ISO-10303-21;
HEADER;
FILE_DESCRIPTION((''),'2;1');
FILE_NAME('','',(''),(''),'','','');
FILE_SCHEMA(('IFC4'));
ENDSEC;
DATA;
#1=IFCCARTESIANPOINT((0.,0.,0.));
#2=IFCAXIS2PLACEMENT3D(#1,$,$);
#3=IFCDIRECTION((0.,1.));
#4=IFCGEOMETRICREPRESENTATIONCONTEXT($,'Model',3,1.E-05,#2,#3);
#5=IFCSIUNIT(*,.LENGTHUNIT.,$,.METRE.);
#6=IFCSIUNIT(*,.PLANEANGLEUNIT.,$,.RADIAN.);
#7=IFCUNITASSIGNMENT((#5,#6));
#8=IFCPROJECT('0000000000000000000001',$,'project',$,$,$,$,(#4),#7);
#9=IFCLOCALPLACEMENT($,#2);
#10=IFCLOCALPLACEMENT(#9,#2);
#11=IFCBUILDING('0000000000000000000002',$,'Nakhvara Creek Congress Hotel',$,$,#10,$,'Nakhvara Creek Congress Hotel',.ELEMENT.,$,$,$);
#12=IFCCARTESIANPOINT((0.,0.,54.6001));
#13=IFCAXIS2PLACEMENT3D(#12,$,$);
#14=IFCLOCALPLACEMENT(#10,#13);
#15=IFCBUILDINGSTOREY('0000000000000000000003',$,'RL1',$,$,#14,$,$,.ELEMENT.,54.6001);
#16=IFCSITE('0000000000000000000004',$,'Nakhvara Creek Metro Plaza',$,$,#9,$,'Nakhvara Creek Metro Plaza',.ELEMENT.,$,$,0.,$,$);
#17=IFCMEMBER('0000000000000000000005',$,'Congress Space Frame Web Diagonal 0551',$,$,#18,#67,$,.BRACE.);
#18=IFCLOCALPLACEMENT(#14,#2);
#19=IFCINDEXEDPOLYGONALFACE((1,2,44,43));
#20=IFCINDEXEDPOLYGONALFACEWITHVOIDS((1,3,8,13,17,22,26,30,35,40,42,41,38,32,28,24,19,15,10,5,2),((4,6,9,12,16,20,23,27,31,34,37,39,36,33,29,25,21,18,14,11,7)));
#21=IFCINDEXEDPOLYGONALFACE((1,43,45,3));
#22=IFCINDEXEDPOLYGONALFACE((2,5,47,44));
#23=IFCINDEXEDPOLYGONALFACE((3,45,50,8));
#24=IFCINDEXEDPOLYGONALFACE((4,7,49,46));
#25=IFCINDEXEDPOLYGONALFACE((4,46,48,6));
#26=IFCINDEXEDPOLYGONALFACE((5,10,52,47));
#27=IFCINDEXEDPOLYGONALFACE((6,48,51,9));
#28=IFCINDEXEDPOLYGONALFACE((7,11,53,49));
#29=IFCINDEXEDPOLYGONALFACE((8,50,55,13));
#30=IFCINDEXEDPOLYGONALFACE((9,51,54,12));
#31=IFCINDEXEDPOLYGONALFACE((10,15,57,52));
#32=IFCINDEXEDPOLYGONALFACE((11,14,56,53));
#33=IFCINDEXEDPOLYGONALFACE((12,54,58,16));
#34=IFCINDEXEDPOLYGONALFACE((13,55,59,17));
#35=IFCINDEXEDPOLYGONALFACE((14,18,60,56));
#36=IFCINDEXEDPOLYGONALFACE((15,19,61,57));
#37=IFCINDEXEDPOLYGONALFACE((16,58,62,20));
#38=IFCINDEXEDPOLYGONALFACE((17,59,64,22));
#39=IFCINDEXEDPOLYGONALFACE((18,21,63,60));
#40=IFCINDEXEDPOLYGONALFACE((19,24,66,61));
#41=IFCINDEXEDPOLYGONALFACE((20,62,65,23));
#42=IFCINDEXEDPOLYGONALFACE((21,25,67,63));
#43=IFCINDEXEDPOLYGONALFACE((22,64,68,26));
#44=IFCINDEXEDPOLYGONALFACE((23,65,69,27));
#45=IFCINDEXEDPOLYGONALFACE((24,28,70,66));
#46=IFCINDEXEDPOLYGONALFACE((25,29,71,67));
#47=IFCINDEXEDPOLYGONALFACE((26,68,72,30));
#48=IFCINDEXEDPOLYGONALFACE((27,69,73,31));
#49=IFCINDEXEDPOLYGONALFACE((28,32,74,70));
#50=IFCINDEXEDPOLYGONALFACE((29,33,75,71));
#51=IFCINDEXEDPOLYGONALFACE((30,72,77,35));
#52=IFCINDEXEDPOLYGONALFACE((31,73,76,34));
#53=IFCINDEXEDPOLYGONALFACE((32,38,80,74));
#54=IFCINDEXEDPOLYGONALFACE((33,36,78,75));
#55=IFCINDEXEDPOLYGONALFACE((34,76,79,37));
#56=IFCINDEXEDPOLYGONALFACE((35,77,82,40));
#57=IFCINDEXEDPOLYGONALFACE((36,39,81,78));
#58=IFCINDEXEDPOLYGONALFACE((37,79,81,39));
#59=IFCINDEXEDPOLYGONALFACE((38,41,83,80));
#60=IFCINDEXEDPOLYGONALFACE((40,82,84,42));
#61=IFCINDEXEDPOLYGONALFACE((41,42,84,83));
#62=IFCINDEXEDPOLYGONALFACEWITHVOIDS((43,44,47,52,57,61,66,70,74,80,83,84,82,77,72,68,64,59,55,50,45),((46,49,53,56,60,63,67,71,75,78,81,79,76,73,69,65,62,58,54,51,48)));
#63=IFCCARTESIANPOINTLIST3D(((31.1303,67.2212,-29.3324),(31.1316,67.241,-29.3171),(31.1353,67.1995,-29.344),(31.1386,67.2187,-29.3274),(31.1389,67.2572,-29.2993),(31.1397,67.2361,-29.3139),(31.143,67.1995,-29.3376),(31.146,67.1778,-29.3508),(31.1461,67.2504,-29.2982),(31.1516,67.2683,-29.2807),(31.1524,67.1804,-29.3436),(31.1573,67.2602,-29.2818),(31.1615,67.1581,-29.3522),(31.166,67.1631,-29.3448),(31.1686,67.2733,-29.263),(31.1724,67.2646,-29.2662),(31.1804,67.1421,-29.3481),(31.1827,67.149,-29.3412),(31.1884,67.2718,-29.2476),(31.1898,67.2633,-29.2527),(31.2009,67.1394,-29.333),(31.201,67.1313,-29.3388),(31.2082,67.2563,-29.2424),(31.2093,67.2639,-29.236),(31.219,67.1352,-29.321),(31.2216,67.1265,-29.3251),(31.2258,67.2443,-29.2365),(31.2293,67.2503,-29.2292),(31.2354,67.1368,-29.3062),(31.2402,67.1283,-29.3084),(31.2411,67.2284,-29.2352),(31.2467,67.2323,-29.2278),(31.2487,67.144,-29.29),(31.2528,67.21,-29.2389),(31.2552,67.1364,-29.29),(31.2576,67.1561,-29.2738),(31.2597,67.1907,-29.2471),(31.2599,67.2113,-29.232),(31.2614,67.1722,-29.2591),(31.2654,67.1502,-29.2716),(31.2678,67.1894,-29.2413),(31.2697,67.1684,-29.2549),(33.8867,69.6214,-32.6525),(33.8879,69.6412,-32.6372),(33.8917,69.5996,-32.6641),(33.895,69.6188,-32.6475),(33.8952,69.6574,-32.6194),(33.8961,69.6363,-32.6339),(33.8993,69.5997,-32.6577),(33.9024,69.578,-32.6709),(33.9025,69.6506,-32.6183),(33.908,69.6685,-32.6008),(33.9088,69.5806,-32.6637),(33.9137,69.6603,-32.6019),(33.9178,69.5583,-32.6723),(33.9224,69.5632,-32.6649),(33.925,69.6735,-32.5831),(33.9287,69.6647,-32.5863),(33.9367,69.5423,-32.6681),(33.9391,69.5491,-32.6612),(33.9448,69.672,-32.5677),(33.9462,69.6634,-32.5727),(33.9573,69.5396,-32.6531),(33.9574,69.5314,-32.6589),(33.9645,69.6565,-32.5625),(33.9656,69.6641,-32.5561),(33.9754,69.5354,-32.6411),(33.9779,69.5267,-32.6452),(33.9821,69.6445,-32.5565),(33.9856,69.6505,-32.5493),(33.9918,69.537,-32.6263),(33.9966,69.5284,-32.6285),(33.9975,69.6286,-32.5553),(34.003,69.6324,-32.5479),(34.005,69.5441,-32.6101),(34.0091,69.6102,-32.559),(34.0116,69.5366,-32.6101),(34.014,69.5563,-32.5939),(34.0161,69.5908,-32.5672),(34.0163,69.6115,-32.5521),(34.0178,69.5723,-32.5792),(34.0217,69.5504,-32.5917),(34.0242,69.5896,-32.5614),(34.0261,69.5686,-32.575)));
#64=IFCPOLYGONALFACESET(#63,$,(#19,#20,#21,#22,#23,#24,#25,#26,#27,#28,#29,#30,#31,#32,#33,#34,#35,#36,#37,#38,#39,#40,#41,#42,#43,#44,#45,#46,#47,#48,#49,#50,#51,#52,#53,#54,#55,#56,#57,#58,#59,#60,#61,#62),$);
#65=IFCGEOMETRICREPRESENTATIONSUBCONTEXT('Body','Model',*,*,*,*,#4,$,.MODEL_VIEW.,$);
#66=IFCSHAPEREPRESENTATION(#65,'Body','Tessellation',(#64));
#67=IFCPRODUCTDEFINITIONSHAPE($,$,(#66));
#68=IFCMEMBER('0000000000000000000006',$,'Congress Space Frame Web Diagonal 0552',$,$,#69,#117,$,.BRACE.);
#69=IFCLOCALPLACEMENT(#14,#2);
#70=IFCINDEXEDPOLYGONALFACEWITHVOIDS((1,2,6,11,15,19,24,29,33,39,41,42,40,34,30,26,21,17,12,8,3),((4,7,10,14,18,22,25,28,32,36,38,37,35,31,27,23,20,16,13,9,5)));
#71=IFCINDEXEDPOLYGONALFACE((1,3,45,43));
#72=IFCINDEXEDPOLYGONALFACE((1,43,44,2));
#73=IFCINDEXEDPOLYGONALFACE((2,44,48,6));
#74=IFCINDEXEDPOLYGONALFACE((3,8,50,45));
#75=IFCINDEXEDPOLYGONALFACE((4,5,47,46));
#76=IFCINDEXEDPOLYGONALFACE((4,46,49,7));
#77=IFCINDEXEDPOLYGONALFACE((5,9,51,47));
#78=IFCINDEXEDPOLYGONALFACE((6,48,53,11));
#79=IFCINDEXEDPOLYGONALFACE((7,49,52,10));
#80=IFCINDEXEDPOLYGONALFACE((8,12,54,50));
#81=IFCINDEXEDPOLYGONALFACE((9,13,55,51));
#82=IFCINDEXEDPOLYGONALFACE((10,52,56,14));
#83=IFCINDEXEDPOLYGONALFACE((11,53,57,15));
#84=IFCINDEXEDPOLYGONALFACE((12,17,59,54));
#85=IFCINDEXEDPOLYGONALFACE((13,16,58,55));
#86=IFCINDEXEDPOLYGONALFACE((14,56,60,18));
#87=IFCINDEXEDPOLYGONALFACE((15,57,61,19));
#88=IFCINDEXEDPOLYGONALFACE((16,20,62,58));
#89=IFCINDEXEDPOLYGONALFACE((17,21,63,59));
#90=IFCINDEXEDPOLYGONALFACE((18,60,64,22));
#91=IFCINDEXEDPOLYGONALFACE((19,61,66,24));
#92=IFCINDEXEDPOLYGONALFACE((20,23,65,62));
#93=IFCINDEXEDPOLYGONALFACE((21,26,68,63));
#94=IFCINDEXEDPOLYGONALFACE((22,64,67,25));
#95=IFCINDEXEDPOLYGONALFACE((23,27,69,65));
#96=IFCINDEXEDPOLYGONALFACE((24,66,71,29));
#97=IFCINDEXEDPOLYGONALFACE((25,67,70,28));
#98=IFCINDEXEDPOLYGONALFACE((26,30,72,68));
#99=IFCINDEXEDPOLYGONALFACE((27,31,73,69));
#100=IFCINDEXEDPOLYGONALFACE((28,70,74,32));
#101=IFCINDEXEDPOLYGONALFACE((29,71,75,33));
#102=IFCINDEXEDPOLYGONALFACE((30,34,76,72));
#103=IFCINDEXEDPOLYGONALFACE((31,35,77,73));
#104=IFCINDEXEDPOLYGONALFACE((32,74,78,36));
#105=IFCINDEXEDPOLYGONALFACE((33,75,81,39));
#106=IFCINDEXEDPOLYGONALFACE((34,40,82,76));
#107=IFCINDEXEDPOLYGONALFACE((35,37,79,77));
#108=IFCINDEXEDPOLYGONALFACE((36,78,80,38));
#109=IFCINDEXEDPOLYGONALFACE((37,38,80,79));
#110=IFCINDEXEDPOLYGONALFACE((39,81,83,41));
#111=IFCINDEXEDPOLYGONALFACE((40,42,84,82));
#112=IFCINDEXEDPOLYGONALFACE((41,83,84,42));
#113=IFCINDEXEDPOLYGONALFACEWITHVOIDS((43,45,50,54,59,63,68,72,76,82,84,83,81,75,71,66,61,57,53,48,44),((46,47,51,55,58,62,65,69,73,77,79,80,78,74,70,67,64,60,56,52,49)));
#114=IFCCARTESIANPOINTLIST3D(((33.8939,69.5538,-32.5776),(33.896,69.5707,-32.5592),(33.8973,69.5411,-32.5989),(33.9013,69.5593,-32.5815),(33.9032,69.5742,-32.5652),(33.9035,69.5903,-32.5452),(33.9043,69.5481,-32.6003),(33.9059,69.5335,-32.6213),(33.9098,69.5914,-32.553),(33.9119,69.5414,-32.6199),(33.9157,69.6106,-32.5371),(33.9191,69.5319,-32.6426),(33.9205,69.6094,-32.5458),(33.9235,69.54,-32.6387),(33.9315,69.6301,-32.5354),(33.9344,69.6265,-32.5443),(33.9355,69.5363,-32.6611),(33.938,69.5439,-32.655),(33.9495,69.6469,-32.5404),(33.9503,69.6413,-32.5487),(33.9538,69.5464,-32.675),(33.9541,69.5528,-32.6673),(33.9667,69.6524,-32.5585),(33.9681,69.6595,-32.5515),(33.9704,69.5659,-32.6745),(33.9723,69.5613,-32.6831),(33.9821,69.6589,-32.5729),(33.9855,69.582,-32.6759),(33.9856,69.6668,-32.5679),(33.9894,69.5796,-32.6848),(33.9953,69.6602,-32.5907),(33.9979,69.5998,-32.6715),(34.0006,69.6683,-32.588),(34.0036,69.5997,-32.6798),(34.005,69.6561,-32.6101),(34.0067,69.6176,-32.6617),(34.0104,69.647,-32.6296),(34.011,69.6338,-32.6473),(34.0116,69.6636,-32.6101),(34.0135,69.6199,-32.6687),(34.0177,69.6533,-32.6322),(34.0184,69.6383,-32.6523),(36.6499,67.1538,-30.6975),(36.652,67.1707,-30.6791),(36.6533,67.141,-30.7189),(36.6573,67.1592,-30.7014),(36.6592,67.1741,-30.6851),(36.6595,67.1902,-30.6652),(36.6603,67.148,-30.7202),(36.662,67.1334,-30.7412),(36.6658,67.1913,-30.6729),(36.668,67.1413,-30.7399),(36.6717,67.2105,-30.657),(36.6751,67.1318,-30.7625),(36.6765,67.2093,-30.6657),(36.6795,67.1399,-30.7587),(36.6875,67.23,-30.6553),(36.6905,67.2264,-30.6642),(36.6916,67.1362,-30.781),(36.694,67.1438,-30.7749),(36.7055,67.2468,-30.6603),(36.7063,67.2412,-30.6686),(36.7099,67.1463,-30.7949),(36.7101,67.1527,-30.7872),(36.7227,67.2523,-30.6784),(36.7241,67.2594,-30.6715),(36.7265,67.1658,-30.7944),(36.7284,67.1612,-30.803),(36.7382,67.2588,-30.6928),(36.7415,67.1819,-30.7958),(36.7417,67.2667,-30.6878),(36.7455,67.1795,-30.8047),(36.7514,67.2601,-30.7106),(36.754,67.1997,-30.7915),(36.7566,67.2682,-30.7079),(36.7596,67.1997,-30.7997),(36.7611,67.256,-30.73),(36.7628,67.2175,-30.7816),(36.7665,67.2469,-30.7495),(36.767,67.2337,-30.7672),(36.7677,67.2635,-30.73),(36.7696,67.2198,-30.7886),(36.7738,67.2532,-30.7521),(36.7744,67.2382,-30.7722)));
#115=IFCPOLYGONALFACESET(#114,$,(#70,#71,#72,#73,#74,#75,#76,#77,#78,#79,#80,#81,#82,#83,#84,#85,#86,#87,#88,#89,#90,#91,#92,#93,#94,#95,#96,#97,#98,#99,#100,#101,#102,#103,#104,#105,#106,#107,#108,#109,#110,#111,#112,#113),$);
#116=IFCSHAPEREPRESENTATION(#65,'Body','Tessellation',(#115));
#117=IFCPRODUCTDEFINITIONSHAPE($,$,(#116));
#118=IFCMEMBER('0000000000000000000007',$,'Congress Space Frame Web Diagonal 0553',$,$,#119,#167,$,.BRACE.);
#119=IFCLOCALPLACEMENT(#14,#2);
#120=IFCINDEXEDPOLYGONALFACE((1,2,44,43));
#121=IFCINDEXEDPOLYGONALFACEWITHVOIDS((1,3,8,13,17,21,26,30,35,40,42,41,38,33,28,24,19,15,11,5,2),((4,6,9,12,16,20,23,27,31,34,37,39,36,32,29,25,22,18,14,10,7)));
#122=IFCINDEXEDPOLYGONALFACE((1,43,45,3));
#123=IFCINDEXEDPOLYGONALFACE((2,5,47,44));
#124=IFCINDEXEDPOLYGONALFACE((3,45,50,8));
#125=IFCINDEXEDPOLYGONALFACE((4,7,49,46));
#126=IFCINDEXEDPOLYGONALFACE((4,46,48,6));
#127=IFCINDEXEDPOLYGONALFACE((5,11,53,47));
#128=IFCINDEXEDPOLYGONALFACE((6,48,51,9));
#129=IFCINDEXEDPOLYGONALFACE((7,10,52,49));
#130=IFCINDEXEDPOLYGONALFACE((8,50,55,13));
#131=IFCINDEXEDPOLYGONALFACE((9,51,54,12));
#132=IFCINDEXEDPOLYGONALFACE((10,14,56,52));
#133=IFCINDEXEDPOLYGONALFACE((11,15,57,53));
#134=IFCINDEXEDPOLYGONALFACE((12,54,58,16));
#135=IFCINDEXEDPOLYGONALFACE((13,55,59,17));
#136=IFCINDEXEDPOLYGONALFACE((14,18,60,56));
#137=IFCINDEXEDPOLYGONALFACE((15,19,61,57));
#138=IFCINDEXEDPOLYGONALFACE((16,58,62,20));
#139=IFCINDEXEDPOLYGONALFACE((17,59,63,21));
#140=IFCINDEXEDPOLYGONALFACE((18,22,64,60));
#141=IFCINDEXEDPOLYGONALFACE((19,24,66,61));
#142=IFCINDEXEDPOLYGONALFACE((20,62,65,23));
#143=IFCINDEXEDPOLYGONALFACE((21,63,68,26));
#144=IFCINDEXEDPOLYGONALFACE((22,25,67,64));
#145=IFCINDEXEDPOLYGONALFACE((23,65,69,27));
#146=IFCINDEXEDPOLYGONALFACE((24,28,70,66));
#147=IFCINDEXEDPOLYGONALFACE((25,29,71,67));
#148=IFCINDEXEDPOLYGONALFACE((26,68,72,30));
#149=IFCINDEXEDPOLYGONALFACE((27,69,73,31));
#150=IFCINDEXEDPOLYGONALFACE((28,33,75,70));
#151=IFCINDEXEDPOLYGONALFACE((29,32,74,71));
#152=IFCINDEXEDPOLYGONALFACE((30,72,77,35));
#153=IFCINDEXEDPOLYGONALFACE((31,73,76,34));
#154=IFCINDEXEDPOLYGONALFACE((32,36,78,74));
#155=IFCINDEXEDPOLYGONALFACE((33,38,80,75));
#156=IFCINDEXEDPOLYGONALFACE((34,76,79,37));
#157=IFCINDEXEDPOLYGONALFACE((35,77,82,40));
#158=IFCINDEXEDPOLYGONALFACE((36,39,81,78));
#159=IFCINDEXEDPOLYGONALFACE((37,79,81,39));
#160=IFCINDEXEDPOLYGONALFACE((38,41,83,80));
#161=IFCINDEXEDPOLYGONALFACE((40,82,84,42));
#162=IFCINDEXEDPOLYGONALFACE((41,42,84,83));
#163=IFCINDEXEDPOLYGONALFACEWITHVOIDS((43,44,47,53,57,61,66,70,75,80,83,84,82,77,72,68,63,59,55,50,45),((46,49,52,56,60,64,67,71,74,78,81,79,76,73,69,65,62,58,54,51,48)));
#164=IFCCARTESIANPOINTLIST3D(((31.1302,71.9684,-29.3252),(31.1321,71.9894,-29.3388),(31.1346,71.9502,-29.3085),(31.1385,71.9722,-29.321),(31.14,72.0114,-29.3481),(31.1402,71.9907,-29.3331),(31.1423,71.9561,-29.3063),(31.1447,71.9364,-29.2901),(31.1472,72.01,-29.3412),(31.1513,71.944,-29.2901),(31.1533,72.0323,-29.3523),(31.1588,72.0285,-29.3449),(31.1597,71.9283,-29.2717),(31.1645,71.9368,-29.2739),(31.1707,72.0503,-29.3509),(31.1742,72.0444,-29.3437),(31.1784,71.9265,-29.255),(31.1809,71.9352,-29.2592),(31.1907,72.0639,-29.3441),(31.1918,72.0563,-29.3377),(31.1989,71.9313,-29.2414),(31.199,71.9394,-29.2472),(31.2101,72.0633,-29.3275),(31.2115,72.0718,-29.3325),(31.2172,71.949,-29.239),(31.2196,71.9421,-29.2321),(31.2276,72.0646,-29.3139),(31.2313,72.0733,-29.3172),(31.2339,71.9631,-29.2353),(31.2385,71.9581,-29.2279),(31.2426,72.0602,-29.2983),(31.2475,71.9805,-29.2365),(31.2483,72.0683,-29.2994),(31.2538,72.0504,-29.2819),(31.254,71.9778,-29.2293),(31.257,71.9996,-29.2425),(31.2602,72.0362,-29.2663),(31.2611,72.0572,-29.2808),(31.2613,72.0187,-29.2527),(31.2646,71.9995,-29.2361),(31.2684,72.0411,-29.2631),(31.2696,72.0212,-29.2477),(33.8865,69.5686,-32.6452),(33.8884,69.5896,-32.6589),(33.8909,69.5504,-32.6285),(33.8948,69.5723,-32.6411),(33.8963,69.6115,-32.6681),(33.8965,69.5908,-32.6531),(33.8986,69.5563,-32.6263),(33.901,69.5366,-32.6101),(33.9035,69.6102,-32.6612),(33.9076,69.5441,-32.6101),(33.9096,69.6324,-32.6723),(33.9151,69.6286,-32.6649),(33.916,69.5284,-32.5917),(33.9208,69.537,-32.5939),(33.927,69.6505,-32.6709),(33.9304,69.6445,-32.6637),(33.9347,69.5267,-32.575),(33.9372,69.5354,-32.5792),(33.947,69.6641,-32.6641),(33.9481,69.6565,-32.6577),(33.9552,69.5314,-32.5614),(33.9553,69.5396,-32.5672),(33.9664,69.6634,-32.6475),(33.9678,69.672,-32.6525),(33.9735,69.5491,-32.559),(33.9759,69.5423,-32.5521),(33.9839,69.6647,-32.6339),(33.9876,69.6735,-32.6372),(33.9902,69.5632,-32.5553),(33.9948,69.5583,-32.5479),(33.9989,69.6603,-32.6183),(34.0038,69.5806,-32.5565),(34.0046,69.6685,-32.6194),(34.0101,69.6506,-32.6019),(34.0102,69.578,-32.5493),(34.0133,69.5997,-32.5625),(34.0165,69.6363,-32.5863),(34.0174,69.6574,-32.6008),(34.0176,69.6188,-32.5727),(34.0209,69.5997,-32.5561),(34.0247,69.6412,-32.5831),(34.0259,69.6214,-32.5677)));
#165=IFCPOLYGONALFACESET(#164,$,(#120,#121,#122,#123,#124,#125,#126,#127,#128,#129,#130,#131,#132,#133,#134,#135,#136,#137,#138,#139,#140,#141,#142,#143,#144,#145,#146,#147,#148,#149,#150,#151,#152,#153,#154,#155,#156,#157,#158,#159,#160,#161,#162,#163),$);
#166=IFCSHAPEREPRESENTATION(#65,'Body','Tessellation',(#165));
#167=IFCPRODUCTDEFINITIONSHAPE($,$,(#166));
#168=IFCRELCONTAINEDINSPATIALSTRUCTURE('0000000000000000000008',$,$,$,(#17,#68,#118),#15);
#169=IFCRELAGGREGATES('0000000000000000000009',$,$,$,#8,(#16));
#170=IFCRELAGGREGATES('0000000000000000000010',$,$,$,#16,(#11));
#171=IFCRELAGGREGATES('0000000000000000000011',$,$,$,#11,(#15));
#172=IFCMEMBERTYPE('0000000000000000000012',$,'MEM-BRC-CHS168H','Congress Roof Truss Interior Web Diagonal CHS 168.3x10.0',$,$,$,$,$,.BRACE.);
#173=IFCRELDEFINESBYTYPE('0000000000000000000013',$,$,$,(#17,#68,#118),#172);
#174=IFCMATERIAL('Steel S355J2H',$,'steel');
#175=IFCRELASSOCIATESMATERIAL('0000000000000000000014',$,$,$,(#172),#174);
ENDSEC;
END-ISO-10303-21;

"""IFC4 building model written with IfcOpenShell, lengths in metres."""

from ifc_helpers import new_model, si_unit, direction, frame, origin, origin_2d, place, context, subcontext, project, spatial, hollow_circle, extrude, material, material_profile, profile_set, type_object, element, save


model = new_model("IFC4")

# Units and contexts
model_context = context("Model", 3, precision=1e-05, world=origin(), true_north=direction((0.0, 1.0)))
body_context = subcontext(model_context, "Body", "Model", "MODEL_VIEW")
ifc_project = project(units=[si_unit("LENGTHUNIT", "METRE"), si_unit("PLANEANGLEUNIT", "RADIAN")], contexts=[model_context])

# Site, building, storey
site_placement = place(None, origin())
site = spatial("IfcSite", under=ifc_project, at=site_placement, Name="Nakhvara Creek Metro Plaza", LongName="Nakhvara Creek Metro Plaza", CompositionType="ELEMENT", RefElevation=0.0)
building_placement = place(site_placement, origin())
building = spatial("IfcBuilding", under=site, at=building_placement, Name="Nakhvara Creek Congress Hotel", LongName="Nakhvara Creek Congress Hotel", CompositionType="ELEMENT")
storey_placement = place(building_placement, frame((0.0, 0.0, 54.6001)))
storey = spatial("IfcBuildingStorey", under=building, at=storey_placement, Name="RL1", CompositionType="ELEMENT", Elevation=54.6001)

# Members
ifc_material_1 = material(Name="Steel S355J2H", Category="steel")
ifc_material_profile_1 = material_profile(ifc_material_1, hollow_circle(Radius=0.0842, WallThickness=0.01, at=origin_2d()), Name="CHS 168.3x10.0", Category="LoadBearing")
ifc_profile_set_1 = profile_set([ifc_material_profile_1], Name="Steel S355J2H")
member_type_1 = type_object("IfcMemberType", Name="MEM-BRC-CHS168H", Description="Congress Roof Truss Interior Web Diagonal CHS 168.3x10.0", PredefinedType="BRACE", material=ifc_profile_set_1)
member_1_placement = place(storey_placement, frame((33.9563, 69.6001, -32.6101), z_axis=(-0.558224, -0.486085, 0.67239), x_axis=(0.656696, -0.754155, 0.0)))
element("IfcMember", 1, at=member_1_placement, inside=storey, type_object=member_type_1, Name="Congress Space Frame Web Diagonal 0551", PredefinedType="BRACE", context=body_context, shape_type="SweptSolid", body=[
    extrude(hollow_circle(Radius=0.0842, WallThickness=0.01, at=origin_2d()), origin(), (0.0, 0.0, 1.0), 4.9377),
])
member_2_placement = place(storey_placement, frame((33.9563, 69.6001, -32.6101), z_axis=(0.670593, -0.583984, 0.457457), x_axis=(0.656729, 0.754126, 0.0)))
element("IfcMember", 2, at=member_2_placement, inside=storey, type_object=member_type_1, Name="Congress Space Frame Web Diagonal 0552", PredefinedType="BRACE", context=body_context, shape_type="SweptSolid", body=[
    extrude(hollow_circle(Radius=0.0842, WallThickness=0.01, at=origin_2d()), origin(), (0.0, 0.0, 1.0), 4.1099),
])
member_3_placement = place(storey_placement, frame((33.9563, 69.6001, -32.6101), z_axis=(-0.558237, 0.486047, 0.672406), x_axis=(-0.656658, -0.754188, 0.0)))
element("IfcMember", 3, at=member_3_placement, inside=storey, type_object=member_type_1, Name="Congress Space Frame Web Diagonal 0553", PredefinedType="BRACE", context=body_context, shape_type="SweptSolid", body=[
    extrude(hollow_circle(Radius=0.0842, WallThickness=0.01, at=origin_2d()), origin(), (0.0, 0.0, 1.0), 4.9375),
])

save(model, "model.ifc")
